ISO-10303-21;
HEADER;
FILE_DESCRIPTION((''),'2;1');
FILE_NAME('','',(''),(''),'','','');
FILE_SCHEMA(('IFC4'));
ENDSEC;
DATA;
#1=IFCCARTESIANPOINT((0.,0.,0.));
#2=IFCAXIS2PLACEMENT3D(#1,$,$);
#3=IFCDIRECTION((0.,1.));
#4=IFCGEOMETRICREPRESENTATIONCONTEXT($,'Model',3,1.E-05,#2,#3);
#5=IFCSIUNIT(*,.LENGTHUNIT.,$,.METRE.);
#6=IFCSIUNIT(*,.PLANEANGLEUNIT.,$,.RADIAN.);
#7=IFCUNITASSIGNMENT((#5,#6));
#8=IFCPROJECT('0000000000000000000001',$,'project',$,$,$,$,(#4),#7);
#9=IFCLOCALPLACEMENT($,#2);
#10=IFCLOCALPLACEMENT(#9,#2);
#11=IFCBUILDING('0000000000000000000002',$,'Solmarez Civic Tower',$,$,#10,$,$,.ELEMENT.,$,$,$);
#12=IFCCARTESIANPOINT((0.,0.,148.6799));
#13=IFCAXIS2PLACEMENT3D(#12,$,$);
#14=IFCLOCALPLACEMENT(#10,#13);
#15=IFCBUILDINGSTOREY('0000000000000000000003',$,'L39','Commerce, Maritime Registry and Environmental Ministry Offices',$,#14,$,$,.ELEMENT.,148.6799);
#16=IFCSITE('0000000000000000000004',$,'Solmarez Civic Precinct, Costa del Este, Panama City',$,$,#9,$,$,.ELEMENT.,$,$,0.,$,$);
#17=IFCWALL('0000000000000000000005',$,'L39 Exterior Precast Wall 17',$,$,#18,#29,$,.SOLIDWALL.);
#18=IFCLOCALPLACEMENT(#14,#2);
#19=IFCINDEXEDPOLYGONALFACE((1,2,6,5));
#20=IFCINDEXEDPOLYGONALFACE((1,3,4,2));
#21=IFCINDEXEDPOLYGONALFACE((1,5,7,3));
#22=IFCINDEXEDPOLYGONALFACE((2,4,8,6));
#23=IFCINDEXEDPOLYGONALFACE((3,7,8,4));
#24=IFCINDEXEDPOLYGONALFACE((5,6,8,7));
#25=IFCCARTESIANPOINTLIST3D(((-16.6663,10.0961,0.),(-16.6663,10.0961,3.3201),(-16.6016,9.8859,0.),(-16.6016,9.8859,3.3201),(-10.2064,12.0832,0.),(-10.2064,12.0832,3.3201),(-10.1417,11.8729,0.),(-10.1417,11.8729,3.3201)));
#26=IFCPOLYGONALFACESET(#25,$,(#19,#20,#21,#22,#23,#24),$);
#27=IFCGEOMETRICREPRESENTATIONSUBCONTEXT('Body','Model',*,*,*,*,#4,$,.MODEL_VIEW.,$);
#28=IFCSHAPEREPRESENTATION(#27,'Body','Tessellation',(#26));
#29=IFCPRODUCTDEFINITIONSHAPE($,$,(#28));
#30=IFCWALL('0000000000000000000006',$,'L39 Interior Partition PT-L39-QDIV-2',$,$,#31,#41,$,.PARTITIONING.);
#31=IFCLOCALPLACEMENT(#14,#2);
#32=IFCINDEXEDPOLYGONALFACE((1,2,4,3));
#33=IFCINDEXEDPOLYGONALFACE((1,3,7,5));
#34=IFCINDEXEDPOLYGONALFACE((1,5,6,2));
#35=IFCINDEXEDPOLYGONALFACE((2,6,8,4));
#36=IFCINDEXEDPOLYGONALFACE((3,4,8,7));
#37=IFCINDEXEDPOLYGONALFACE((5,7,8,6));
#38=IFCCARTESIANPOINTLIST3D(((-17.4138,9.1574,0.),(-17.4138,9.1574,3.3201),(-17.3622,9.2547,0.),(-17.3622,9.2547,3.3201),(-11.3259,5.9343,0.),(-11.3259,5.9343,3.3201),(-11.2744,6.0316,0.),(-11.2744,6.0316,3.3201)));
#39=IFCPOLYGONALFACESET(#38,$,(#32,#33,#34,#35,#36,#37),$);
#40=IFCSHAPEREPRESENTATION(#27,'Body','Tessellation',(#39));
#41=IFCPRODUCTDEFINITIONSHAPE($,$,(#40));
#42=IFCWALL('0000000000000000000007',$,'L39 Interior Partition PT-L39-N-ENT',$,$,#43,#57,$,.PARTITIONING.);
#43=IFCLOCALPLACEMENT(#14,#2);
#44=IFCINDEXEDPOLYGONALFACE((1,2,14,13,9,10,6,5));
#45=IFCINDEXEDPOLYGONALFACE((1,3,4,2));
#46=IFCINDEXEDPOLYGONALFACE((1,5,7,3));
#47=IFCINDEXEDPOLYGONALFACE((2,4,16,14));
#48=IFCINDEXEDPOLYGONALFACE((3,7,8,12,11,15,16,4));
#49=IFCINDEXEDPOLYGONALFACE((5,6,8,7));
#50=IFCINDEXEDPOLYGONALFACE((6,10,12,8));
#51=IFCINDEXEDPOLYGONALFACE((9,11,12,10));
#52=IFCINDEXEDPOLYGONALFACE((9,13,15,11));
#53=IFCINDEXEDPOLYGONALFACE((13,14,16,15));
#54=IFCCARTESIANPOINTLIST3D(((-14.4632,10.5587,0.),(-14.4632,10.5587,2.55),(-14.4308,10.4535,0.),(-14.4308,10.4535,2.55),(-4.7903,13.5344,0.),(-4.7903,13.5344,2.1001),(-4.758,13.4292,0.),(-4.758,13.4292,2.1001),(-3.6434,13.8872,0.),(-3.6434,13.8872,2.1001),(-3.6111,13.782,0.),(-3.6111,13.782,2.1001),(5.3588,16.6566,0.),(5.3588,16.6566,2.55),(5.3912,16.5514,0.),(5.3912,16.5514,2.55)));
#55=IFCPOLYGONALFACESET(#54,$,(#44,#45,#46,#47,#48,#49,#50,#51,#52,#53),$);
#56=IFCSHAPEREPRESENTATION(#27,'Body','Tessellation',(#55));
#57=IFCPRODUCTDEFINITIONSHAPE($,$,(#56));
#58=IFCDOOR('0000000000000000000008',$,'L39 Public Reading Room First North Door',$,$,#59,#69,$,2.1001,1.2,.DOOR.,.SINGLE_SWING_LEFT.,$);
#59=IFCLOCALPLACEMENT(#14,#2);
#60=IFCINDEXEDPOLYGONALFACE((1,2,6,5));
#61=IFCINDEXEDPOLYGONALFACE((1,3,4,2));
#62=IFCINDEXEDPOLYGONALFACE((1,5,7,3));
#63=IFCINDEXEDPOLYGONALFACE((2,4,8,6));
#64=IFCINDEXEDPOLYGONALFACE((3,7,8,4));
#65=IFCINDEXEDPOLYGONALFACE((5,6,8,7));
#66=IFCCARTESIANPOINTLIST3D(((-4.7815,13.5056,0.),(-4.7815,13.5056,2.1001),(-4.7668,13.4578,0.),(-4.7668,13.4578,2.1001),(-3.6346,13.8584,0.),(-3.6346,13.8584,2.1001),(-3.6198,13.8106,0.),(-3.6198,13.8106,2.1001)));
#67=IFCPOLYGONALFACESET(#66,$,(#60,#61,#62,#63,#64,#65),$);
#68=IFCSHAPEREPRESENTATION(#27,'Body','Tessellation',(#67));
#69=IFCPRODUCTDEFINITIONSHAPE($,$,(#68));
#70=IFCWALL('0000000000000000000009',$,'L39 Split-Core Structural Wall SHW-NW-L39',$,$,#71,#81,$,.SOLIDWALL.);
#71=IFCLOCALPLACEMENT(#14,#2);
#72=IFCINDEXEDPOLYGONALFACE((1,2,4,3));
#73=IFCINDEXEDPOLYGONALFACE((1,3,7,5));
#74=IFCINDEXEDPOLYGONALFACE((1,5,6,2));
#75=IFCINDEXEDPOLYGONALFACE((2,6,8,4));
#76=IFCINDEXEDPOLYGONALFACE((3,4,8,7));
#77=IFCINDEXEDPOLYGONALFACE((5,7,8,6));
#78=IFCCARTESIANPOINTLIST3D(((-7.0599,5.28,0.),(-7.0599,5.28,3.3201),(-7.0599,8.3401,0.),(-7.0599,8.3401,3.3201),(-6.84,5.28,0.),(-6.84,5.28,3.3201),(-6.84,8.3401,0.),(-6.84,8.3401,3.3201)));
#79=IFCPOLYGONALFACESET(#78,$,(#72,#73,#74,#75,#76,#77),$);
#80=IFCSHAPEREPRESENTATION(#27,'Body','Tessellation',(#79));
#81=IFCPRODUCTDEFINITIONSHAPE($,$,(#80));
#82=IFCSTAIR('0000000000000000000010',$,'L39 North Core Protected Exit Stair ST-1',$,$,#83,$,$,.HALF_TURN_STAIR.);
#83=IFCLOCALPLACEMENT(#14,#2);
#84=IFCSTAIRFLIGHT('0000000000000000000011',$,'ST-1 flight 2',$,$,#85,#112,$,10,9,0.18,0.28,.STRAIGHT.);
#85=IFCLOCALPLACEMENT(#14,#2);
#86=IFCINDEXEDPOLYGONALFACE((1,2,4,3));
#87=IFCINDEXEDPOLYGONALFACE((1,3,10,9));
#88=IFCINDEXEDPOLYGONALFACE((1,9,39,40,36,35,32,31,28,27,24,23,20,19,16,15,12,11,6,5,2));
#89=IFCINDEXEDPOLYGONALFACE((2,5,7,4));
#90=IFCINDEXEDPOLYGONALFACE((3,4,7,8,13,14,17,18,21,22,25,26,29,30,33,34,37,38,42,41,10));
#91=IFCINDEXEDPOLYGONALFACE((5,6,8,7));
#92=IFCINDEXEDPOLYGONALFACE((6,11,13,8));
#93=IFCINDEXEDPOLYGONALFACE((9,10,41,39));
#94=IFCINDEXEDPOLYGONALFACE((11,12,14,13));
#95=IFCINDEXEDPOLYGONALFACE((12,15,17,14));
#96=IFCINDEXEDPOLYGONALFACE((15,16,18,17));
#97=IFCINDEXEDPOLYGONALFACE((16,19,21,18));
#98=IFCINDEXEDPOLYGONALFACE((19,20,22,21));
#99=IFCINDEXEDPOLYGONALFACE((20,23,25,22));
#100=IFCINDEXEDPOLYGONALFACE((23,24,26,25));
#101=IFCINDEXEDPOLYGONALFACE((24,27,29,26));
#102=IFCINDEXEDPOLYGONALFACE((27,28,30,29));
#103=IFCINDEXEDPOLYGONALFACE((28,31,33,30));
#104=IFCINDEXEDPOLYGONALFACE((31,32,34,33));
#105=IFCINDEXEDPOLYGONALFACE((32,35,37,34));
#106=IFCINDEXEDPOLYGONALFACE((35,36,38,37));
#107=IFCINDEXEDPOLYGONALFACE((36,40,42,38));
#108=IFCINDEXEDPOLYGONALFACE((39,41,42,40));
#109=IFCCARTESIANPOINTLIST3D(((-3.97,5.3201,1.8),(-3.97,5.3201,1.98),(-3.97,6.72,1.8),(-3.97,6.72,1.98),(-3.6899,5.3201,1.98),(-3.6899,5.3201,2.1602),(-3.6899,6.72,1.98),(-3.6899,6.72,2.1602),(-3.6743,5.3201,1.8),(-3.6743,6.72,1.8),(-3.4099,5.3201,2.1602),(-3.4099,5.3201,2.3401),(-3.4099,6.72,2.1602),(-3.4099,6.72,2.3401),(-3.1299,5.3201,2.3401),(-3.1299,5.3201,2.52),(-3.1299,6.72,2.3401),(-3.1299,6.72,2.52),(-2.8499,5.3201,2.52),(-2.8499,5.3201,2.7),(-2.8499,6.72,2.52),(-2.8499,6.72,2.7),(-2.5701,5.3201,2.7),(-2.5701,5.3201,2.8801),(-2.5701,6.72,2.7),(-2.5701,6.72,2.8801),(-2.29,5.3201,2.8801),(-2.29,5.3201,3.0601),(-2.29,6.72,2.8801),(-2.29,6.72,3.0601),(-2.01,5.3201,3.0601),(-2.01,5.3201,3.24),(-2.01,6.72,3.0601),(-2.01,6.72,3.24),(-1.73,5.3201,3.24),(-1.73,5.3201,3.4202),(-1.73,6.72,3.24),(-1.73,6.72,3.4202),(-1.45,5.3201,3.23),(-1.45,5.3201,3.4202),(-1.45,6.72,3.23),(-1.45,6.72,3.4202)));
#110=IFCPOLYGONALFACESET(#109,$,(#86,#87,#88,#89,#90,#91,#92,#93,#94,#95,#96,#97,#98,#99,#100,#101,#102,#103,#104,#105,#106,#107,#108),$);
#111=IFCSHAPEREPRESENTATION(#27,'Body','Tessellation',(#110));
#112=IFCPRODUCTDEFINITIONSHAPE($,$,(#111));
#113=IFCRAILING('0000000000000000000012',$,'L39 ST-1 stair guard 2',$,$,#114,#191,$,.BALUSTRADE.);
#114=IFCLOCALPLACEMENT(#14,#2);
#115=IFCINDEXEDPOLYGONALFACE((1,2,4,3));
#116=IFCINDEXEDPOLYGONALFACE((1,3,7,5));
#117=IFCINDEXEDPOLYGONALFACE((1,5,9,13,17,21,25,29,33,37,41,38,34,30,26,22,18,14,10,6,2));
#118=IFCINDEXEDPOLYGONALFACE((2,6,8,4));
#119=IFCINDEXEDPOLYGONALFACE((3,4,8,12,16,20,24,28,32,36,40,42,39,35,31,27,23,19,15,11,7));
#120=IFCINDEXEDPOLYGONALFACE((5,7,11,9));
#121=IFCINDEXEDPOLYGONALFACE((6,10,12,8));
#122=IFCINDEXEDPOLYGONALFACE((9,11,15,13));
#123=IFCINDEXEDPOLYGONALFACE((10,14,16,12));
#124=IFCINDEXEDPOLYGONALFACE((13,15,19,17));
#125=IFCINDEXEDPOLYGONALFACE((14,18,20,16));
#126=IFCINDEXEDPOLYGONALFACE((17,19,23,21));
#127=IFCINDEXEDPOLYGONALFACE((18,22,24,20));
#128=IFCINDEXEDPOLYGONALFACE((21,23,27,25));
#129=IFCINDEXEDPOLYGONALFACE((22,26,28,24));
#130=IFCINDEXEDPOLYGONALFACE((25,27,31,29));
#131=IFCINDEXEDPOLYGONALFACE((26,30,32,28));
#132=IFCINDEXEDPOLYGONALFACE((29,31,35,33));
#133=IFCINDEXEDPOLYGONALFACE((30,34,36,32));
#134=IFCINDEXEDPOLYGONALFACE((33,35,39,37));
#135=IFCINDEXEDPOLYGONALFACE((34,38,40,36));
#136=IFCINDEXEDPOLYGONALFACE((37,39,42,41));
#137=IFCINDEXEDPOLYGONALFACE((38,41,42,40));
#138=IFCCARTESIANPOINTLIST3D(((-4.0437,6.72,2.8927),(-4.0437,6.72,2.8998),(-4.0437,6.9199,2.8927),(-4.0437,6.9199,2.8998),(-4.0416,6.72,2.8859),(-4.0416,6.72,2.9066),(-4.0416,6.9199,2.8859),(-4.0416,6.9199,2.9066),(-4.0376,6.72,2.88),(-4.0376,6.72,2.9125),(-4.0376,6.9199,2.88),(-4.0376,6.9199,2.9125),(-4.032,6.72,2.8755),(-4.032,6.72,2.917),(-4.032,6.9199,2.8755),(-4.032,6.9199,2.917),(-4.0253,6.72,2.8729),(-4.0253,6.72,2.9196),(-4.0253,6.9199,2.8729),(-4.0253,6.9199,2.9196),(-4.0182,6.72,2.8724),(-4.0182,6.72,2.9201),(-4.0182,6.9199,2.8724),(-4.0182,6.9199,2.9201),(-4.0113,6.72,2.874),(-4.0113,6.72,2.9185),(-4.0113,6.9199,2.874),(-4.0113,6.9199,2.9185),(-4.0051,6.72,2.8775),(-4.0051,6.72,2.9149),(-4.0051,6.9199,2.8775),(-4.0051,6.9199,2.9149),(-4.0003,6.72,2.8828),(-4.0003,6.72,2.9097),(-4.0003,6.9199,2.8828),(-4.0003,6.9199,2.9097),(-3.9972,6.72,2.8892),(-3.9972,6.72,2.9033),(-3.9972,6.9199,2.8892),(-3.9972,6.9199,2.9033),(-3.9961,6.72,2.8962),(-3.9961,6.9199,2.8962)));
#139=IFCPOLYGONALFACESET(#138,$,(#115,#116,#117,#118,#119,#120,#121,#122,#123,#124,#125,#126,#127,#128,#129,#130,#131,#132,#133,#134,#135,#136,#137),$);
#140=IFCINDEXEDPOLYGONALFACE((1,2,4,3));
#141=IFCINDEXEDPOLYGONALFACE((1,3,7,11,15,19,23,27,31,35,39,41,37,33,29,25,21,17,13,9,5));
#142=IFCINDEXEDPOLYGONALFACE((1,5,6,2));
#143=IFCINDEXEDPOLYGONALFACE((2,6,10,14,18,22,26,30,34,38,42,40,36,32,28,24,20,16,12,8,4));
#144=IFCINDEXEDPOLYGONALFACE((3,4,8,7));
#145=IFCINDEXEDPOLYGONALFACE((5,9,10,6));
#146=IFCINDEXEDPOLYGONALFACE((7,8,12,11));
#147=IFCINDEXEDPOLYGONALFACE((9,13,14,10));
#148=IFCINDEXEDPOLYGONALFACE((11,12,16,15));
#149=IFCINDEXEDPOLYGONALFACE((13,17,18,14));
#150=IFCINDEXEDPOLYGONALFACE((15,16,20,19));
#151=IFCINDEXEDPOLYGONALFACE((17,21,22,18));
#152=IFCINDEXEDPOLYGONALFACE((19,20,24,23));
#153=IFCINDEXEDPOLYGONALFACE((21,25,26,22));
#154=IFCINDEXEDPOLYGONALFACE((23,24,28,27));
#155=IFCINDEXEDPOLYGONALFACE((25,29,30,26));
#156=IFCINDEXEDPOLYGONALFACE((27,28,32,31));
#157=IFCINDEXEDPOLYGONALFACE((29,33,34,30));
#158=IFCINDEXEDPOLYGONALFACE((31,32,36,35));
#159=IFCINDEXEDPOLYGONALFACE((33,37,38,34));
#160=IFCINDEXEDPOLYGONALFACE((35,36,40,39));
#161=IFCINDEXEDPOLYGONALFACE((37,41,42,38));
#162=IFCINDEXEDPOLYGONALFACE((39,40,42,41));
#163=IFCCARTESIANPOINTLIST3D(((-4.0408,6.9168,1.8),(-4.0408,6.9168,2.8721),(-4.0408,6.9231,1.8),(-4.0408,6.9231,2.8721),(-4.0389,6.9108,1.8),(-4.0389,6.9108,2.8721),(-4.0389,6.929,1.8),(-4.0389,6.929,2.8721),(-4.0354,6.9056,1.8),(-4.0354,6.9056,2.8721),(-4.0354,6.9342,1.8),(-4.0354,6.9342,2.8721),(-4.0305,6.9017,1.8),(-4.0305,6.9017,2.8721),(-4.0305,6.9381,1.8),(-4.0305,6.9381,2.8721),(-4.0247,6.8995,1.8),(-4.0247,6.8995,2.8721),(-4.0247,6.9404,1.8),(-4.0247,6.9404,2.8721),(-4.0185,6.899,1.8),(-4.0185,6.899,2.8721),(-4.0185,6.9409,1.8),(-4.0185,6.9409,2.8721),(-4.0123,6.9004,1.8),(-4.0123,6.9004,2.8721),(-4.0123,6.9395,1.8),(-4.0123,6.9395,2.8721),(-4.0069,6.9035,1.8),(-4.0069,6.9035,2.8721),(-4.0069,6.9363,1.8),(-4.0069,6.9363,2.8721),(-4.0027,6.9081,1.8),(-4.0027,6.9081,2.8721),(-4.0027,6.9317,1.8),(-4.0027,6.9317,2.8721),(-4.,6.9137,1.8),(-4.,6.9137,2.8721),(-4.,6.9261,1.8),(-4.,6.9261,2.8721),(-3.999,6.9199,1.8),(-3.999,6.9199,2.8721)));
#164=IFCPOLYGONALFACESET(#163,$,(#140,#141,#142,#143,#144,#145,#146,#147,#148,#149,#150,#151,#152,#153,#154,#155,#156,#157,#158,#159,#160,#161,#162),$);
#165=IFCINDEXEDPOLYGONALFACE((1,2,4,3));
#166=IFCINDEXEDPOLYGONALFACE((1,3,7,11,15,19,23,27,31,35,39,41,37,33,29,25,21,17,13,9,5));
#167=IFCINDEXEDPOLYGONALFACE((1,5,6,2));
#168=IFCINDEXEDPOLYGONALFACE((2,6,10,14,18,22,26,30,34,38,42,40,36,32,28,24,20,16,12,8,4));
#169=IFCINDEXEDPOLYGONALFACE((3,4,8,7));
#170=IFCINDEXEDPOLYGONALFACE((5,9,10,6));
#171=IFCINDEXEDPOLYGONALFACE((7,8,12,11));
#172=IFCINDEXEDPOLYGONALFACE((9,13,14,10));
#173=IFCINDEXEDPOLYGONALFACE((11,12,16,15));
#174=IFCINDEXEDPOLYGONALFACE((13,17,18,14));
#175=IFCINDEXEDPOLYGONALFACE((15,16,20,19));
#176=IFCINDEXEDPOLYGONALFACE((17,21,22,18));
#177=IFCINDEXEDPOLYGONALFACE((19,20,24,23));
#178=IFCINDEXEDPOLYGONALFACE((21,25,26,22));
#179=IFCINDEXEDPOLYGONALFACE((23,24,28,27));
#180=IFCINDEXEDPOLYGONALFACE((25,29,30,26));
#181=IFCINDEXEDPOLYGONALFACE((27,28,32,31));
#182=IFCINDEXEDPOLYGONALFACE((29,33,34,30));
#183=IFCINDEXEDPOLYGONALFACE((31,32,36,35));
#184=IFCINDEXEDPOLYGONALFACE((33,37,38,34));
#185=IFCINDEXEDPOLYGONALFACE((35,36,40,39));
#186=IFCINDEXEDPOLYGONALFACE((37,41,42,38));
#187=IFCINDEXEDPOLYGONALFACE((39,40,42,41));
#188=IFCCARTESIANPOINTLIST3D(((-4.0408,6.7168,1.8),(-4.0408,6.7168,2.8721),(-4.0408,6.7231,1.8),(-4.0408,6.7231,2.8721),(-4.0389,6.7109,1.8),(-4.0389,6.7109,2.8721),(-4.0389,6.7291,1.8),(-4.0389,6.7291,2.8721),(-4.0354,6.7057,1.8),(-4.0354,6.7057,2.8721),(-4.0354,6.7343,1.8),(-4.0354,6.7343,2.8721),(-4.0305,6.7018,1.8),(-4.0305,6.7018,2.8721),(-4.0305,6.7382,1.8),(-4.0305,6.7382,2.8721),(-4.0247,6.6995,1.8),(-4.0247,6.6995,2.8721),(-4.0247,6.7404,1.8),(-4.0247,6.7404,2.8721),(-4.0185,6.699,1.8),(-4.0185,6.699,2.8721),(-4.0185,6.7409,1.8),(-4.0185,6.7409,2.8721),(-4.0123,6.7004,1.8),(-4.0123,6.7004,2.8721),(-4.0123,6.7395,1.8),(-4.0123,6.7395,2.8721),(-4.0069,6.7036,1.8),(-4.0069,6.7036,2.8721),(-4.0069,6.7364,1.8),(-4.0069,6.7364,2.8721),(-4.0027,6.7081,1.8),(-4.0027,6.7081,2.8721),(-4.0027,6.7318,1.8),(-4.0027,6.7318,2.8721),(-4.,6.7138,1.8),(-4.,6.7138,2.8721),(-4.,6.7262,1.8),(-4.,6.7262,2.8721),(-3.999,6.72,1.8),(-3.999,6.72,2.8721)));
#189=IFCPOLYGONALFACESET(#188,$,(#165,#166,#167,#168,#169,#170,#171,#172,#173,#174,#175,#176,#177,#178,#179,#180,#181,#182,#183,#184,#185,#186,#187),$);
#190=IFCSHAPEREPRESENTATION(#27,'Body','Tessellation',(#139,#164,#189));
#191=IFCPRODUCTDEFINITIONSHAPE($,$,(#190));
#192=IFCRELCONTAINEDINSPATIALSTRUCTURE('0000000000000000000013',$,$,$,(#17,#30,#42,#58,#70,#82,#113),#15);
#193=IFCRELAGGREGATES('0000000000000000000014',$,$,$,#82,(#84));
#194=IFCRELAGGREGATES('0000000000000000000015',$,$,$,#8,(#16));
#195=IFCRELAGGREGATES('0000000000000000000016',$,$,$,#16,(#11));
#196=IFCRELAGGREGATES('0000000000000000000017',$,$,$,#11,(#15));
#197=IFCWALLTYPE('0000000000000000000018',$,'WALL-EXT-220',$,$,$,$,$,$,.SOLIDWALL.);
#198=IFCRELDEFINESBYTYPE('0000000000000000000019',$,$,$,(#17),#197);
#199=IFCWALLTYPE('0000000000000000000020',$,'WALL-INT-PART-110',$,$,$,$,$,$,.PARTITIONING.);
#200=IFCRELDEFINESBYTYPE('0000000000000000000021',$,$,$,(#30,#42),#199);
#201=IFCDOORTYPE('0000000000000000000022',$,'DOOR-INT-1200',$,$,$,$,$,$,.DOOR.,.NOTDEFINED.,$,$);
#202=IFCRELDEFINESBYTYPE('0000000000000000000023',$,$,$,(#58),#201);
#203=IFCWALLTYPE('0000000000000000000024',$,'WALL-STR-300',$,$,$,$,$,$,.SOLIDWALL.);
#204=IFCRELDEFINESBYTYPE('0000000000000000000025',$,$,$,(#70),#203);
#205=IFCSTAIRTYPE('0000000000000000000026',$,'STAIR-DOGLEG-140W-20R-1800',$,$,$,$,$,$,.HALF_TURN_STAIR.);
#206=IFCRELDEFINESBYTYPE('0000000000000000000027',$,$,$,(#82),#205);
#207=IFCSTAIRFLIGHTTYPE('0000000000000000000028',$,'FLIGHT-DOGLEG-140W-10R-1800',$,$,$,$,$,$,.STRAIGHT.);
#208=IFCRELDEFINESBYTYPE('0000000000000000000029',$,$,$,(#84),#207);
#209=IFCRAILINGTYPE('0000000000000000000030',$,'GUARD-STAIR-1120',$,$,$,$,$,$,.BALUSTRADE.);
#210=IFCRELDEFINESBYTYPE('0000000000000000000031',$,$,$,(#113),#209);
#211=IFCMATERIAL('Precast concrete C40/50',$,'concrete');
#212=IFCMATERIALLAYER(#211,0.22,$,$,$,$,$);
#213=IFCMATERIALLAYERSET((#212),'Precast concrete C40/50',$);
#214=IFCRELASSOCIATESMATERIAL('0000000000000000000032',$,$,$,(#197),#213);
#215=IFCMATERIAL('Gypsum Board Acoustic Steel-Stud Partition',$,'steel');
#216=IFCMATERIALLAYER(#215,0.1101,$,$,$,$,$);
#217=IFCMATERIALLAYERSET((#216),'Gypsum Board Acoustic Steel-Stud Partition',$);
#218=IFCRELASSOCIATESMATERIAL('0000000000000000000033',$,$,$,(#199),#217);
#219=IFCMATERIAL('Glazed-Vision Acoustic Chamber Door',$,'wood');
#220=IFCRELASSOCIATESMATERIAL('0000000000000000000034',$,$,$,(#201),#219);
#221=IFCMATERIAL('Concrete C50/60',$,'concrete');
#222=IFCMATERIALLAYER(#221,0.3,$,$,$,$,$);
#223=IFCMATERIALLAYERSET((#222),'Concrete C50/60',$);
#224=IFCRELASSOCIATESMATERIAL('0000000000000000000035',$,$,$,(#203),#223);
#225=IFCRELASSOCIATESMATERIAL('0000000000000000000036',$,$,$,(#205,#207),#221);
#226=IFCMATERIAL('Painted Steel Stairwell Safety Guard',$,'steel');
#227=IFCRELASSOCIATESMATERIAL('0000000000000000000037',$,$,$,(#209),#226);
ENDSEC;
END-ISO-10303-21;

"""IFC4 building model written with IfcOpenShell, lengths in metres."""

from ifc_helpers import new_model, si_unit, direction, frame, frame_2d, origin, origin_2d, place, context, subcontext, project, spatial, polyline, rectangle, circle, outline, extrude, material, layer, layer_set, type_object, element, fill, aggregate, save


model = new_model("IFC4")

# Units and contexts
model_context = context("Model", 3, precision=1e-05, world=origin(), true_north=direction((0.0, 1.0)))
body_context = subcontext(model_context, "Body", "Model", "MODEL_VIEW")
ifc_project = project(units=[si_unit("LENGTHUNIT", "METRE"), si_unit("PLANEANGLEUNIT", "RADIAN")], contexts=[model_context])

# Site, building, storey
site_placement = place(None, origin())
site = spatial("IfcSite", under=ifc_project, at=site_placement, Name="Solmarez Civic Precinct, Costa del Este, Panama City", CompositionType="ELEMENT", RefElevation=0.0)
building_placement = place(site_placement, origin())
building = spatial("IfcBuilding", under=site, at=building_placement, Name="Solmarez Civic Tower", CompositionType="ELEMENT")
storey_placement = place(building_placement, frame((0.0, 0.0, 148.6799)))
storey = spatial("IfcBuildingStorey", under=building, at=storey_placement, Name="L39", Description="Commerce, Maritime Registry and Environmental Ministry Offices", CompositionType="ELEMENT", Elevation=148.6799)

# Shared definitions
ifc_material_1 = material(Name="Concrete C50/60", Category="concrete")

# Walls
ifc_material_2 = material(Name="Precast concrete C40/50", Category="concrete")
ifc_layer_1 = layer(ifc_material_2, 0.22)
ifc_layer_set_1 = layer_set([ifc_layer_1], Name="Precast concrete C40/50")
wall_type_1 = type_object("IfcWallType", Name="WALL-EXT-220", PredefinedType="SOLIDWALL", material=ifc_layer_set_1)
wall_1_placement = place(storey_placement, frame((-16.634, 9.991, 0.0), z_axis=(0.0, 0.0, 1.0), x_axis=(0.955805, 0.294002, 0.0)))
element("IfcWall", 1, at=wall_1_placement, inside=storey, type_object=wall_type_1, Name="L39 Exterior Precast Wall 17", PredefinedType="SOLIDWALL", context=body_context, shape_type="SweptSolid", body=[
    extrude(rectangle(XDim=6.7585, YDim=0.22, at=frame_2d((3.3794, 0.0))), origin(), (0.0, 0.0, 1.0), 3.3201),
])
ifc_material_3 = material(Name="Gypsum Board Acoustic Steel-Stud Partition", Category="steel")
ifc_layer_2 = layer(ifc_material_3, 0.1101)
ifc_layer_set_2 = layer_set([ifc_layer_2], Name="Gypsum Board Acoustic Steel-Stud Partition")
wall_type_2 = type_object("IfcWallType", Name="WALL-INT-PART-110", PredefinedType="PARTITIONING", material=ifc_layer_set_2)
wall_2_placement = place(storey_placement, frame((-11.3, 5.9829, 0.0), z_axis=(0.0, 0.0, 1.0), x_axis=(-0.883779, 0.467904, 0.0)))
element("IfcWall", 2, at=wall_2_placement, inside=storey, type_object=wall_type_2, Name="L39 Interior Partition PT-L39-QDIV-2", PredefinedType="PARTITIONING", context=body_context, shape_type="SweptSolid", body=[
    extrude(rectangle(XDim=6.8884, YDim=0.1101, at=frame_2d((3.4443, 0.0))), origin(), (0.0, 0.0, 1.0), 3.3201),
])

# Wall, opening, door
wall_3_placement = place(storey_placement, frame((-14.447, 10.5061, 0.0), z_axis=(0.0, 0.0, 1.0), x_axis=(0.955795, 0.294034, 0.0)))
wall_3 = element("IfcWall", 3, at=wall_3_placement, inside=storey, type_object=wall_type_2, Name="L39 Interior Partition PT-L39-N-ENT", PredefinedType="PARTITIONING", context=body_context, shape_type="SweptSolid", body=[
    extrude(rectangle(XDim=20.7388, YDim=0.1101, at=frame_2d((10.3694, 0.0))), origin(), (0.0, 0.0, 1.0), 2.55),
])
opening_placement = place(wall_3_placement, frame((10.1201, 0.0, 0.0)))
opening = element("IfcOpeningElement", 4, at=opening_placement, cuts=wall_3, PredefinedType="OPENING", context=body_context, shape_type="SweptSolid", body=[
    extrude(rectangle(XDim=1.2, YDim=2.1001, at=frame_2d((0.6001, 1.05))), frame((0.0, 0.0649, 0.0), z_axis=(0.0, -1.0, 0.0), x_axis=(1.0, 0.0, 0.0)), (0.0, 0.0, 1.0), 0.1301),
])
ifc_material_4 = material(Name="Glazed-Vision Acoustic Chamber Door", Category="wood")
door_type = type_object("IfcDoorType", Name="DOOR-INT-1200", OperationType="NOTDEFINED", PredefinedType="DOOR", material=ifc_material_4)
door_placement = place(opening_placement, origin())
door = element("IfcDoor", 5, at=door_placement, inside=storey, type_object=door_type, Name="L39 Public Reading Room First North Door", OperationType="SINGLE_SWING_LEFT", OverallHeight=2.1001, OverallWidth=1.2, PredefinedType="DOOR", context=body_context, shape_type="SweptSolid", body=[
    extrude(rectangle(XDim=1.2, YDim=2.1001, at=frame_2d((0.6001, 1.05))), frame((0.0, 0.0249, 0.0), z_axis=(0.0, -1.0, 0.0), x_axis=(1.0, 0.0, 0.0)), (0.0, 0.0, 1.0), 0.05),
])
fill(opening, door)

# Wall
ifc_layer_3 = layer(ifc_material_1, 0.3)
ifc_layer_set_3 = layer_set([ifc_layer_3], Name="Concrete C50/60")
wall_type_3 = type_object("IfcWallType", Name="WALL-STR-300", PredefinedType="SOLIDWALL", material=ifc_layer_set_3)
wall_4_placement = place(storey_placement, frame((-6.95, 5.28, 0.0), z_axis=(0.0, 0.0, 1.0), x_axis=(0.0, 1.0, 0.0)))
element("IfcWall", 6, at=wall_4_placement, inside=storey, type_object=wall_type_3, Name="L39 Split-Core Structural Wall SHW-NW-L39", PredefinedType="SOLIDWALL", context=body_context, shape_type="SweptSolid", body=[
    extrude(rectangle(XDim=3.0601, YDim=0.22, at=frame_2d((1.53, 0.0))), origin(), (0.0, 0.0, 1.0), 3.3201),
])

# Stair, stair flight
stair_type = type_object("IfcStairType", Name="STAIR-DOGLEG-140W-20R-1800", PredefinedType="HALF_TURN_STAIR", material=ifc_material_1)
stair_placement = place(storey_placement, origin())
stair = element("IfcStair", 7, at=stair_placement, inside=storey, type_object=stair_type, Name="L39 North Core Protected Exit Stair ST-1", PredefinedType="HALF_TURN_STAIR")
stair_flight_type = type_object("IfcStairFlightType", Name="FLIGHT-DOGLEG-140W-10R-1800", PredefinedType="STRAIGHT", material=ifc_material_1)
stair_flight_placement = place(storey_placement, frame((-3.97, 6.02, 1.8), z_axis=(0.0, 0.0, 1.0), x_axis=(1.0, 0.0, 0.0)))
stair_flight = element("IfcStairFlight", 8, at=stair_flight_placement, type_object=stair_flight_type, Name="ST-1 flight 2", NumberOfRisers=10, NumberOfTreads=9, PredefinedType="STRAIGHT", RiserHeight=0.18, TreadLength=0.28, context=body_context, shape_type="SweptSolid", body=[
    extrude(outline(polyline([(0.0, 0.0), (0.0, 0.1799), (0.28, 0.1799), (0.28, 0.3601), (0.5601, 0.3601), (0.5601, 0.54), (0.8401, 0.54), (0.8401, 0.72), (1.1201, 0.72), (1.1201, 0.8999), (1.3999, 0.8999), (1.3999, 1.0801), (1.6799, 1.0801), (1.6799, 1.26), (1.96, 1.26), (1.96, 1.4399), (2.24, 1.4399), (2.24, 1.6201), (2.52, 1.6201), (2.52, 1.8), (2.52, 1.4299), (0.2957, 0.0), (0.0, 0.0)])), frame((0.0, 0.7, 0.0), z_axis=(0.0, -1.0, 0.0), x_axis=(1.0, 0.0, 0.0)), (0.0, 0.0, 1.0), 1.3999),
])
aggregate(stair, [stair_flight])

# Railing
ifc_material_5 = material(Name="Painted Steel Stairwell Safety Guard", Category="steel")
railing_type_1 = type_object("IfcRailingType", Name="GUARD-STAIR-1120", PredefinedType="BALUSTRADE", material=ifc_material_5)
railing_1_placement = place(storey_placement, frame((-4.02, 6.9199, 1.8)))
element("IfcRailing", 9, at=railing_1_placement, inside=storey, type_object=railing_type_1, Name="L39 ST-1 stair guard 2", PredefinedType="BALUSTRADE", context=body_context, shape_type="SweptSolid", body=[
    extrude(circle(Radius=0.0239, at=origin_2d()), frame((0.0, 0.0, 1.0962), z_axis=(0.0, -1.0, 0.0), x_axis=(1.0, 0.0, 0.0)), (0.0, 0.0, 1.0), 0.2),
    extrude(circle(Radius=0.021, at=origin_2d()), origin(), (0.0, 0.0, 1.0), 1.072),
    extrude(circle(Radius=0.021, at=origin_2d()), frame((0.0, -0.2, 0.0)), (0.0, 0.0, 1.0), 1.072),
])

save(model, "model.ifc")
